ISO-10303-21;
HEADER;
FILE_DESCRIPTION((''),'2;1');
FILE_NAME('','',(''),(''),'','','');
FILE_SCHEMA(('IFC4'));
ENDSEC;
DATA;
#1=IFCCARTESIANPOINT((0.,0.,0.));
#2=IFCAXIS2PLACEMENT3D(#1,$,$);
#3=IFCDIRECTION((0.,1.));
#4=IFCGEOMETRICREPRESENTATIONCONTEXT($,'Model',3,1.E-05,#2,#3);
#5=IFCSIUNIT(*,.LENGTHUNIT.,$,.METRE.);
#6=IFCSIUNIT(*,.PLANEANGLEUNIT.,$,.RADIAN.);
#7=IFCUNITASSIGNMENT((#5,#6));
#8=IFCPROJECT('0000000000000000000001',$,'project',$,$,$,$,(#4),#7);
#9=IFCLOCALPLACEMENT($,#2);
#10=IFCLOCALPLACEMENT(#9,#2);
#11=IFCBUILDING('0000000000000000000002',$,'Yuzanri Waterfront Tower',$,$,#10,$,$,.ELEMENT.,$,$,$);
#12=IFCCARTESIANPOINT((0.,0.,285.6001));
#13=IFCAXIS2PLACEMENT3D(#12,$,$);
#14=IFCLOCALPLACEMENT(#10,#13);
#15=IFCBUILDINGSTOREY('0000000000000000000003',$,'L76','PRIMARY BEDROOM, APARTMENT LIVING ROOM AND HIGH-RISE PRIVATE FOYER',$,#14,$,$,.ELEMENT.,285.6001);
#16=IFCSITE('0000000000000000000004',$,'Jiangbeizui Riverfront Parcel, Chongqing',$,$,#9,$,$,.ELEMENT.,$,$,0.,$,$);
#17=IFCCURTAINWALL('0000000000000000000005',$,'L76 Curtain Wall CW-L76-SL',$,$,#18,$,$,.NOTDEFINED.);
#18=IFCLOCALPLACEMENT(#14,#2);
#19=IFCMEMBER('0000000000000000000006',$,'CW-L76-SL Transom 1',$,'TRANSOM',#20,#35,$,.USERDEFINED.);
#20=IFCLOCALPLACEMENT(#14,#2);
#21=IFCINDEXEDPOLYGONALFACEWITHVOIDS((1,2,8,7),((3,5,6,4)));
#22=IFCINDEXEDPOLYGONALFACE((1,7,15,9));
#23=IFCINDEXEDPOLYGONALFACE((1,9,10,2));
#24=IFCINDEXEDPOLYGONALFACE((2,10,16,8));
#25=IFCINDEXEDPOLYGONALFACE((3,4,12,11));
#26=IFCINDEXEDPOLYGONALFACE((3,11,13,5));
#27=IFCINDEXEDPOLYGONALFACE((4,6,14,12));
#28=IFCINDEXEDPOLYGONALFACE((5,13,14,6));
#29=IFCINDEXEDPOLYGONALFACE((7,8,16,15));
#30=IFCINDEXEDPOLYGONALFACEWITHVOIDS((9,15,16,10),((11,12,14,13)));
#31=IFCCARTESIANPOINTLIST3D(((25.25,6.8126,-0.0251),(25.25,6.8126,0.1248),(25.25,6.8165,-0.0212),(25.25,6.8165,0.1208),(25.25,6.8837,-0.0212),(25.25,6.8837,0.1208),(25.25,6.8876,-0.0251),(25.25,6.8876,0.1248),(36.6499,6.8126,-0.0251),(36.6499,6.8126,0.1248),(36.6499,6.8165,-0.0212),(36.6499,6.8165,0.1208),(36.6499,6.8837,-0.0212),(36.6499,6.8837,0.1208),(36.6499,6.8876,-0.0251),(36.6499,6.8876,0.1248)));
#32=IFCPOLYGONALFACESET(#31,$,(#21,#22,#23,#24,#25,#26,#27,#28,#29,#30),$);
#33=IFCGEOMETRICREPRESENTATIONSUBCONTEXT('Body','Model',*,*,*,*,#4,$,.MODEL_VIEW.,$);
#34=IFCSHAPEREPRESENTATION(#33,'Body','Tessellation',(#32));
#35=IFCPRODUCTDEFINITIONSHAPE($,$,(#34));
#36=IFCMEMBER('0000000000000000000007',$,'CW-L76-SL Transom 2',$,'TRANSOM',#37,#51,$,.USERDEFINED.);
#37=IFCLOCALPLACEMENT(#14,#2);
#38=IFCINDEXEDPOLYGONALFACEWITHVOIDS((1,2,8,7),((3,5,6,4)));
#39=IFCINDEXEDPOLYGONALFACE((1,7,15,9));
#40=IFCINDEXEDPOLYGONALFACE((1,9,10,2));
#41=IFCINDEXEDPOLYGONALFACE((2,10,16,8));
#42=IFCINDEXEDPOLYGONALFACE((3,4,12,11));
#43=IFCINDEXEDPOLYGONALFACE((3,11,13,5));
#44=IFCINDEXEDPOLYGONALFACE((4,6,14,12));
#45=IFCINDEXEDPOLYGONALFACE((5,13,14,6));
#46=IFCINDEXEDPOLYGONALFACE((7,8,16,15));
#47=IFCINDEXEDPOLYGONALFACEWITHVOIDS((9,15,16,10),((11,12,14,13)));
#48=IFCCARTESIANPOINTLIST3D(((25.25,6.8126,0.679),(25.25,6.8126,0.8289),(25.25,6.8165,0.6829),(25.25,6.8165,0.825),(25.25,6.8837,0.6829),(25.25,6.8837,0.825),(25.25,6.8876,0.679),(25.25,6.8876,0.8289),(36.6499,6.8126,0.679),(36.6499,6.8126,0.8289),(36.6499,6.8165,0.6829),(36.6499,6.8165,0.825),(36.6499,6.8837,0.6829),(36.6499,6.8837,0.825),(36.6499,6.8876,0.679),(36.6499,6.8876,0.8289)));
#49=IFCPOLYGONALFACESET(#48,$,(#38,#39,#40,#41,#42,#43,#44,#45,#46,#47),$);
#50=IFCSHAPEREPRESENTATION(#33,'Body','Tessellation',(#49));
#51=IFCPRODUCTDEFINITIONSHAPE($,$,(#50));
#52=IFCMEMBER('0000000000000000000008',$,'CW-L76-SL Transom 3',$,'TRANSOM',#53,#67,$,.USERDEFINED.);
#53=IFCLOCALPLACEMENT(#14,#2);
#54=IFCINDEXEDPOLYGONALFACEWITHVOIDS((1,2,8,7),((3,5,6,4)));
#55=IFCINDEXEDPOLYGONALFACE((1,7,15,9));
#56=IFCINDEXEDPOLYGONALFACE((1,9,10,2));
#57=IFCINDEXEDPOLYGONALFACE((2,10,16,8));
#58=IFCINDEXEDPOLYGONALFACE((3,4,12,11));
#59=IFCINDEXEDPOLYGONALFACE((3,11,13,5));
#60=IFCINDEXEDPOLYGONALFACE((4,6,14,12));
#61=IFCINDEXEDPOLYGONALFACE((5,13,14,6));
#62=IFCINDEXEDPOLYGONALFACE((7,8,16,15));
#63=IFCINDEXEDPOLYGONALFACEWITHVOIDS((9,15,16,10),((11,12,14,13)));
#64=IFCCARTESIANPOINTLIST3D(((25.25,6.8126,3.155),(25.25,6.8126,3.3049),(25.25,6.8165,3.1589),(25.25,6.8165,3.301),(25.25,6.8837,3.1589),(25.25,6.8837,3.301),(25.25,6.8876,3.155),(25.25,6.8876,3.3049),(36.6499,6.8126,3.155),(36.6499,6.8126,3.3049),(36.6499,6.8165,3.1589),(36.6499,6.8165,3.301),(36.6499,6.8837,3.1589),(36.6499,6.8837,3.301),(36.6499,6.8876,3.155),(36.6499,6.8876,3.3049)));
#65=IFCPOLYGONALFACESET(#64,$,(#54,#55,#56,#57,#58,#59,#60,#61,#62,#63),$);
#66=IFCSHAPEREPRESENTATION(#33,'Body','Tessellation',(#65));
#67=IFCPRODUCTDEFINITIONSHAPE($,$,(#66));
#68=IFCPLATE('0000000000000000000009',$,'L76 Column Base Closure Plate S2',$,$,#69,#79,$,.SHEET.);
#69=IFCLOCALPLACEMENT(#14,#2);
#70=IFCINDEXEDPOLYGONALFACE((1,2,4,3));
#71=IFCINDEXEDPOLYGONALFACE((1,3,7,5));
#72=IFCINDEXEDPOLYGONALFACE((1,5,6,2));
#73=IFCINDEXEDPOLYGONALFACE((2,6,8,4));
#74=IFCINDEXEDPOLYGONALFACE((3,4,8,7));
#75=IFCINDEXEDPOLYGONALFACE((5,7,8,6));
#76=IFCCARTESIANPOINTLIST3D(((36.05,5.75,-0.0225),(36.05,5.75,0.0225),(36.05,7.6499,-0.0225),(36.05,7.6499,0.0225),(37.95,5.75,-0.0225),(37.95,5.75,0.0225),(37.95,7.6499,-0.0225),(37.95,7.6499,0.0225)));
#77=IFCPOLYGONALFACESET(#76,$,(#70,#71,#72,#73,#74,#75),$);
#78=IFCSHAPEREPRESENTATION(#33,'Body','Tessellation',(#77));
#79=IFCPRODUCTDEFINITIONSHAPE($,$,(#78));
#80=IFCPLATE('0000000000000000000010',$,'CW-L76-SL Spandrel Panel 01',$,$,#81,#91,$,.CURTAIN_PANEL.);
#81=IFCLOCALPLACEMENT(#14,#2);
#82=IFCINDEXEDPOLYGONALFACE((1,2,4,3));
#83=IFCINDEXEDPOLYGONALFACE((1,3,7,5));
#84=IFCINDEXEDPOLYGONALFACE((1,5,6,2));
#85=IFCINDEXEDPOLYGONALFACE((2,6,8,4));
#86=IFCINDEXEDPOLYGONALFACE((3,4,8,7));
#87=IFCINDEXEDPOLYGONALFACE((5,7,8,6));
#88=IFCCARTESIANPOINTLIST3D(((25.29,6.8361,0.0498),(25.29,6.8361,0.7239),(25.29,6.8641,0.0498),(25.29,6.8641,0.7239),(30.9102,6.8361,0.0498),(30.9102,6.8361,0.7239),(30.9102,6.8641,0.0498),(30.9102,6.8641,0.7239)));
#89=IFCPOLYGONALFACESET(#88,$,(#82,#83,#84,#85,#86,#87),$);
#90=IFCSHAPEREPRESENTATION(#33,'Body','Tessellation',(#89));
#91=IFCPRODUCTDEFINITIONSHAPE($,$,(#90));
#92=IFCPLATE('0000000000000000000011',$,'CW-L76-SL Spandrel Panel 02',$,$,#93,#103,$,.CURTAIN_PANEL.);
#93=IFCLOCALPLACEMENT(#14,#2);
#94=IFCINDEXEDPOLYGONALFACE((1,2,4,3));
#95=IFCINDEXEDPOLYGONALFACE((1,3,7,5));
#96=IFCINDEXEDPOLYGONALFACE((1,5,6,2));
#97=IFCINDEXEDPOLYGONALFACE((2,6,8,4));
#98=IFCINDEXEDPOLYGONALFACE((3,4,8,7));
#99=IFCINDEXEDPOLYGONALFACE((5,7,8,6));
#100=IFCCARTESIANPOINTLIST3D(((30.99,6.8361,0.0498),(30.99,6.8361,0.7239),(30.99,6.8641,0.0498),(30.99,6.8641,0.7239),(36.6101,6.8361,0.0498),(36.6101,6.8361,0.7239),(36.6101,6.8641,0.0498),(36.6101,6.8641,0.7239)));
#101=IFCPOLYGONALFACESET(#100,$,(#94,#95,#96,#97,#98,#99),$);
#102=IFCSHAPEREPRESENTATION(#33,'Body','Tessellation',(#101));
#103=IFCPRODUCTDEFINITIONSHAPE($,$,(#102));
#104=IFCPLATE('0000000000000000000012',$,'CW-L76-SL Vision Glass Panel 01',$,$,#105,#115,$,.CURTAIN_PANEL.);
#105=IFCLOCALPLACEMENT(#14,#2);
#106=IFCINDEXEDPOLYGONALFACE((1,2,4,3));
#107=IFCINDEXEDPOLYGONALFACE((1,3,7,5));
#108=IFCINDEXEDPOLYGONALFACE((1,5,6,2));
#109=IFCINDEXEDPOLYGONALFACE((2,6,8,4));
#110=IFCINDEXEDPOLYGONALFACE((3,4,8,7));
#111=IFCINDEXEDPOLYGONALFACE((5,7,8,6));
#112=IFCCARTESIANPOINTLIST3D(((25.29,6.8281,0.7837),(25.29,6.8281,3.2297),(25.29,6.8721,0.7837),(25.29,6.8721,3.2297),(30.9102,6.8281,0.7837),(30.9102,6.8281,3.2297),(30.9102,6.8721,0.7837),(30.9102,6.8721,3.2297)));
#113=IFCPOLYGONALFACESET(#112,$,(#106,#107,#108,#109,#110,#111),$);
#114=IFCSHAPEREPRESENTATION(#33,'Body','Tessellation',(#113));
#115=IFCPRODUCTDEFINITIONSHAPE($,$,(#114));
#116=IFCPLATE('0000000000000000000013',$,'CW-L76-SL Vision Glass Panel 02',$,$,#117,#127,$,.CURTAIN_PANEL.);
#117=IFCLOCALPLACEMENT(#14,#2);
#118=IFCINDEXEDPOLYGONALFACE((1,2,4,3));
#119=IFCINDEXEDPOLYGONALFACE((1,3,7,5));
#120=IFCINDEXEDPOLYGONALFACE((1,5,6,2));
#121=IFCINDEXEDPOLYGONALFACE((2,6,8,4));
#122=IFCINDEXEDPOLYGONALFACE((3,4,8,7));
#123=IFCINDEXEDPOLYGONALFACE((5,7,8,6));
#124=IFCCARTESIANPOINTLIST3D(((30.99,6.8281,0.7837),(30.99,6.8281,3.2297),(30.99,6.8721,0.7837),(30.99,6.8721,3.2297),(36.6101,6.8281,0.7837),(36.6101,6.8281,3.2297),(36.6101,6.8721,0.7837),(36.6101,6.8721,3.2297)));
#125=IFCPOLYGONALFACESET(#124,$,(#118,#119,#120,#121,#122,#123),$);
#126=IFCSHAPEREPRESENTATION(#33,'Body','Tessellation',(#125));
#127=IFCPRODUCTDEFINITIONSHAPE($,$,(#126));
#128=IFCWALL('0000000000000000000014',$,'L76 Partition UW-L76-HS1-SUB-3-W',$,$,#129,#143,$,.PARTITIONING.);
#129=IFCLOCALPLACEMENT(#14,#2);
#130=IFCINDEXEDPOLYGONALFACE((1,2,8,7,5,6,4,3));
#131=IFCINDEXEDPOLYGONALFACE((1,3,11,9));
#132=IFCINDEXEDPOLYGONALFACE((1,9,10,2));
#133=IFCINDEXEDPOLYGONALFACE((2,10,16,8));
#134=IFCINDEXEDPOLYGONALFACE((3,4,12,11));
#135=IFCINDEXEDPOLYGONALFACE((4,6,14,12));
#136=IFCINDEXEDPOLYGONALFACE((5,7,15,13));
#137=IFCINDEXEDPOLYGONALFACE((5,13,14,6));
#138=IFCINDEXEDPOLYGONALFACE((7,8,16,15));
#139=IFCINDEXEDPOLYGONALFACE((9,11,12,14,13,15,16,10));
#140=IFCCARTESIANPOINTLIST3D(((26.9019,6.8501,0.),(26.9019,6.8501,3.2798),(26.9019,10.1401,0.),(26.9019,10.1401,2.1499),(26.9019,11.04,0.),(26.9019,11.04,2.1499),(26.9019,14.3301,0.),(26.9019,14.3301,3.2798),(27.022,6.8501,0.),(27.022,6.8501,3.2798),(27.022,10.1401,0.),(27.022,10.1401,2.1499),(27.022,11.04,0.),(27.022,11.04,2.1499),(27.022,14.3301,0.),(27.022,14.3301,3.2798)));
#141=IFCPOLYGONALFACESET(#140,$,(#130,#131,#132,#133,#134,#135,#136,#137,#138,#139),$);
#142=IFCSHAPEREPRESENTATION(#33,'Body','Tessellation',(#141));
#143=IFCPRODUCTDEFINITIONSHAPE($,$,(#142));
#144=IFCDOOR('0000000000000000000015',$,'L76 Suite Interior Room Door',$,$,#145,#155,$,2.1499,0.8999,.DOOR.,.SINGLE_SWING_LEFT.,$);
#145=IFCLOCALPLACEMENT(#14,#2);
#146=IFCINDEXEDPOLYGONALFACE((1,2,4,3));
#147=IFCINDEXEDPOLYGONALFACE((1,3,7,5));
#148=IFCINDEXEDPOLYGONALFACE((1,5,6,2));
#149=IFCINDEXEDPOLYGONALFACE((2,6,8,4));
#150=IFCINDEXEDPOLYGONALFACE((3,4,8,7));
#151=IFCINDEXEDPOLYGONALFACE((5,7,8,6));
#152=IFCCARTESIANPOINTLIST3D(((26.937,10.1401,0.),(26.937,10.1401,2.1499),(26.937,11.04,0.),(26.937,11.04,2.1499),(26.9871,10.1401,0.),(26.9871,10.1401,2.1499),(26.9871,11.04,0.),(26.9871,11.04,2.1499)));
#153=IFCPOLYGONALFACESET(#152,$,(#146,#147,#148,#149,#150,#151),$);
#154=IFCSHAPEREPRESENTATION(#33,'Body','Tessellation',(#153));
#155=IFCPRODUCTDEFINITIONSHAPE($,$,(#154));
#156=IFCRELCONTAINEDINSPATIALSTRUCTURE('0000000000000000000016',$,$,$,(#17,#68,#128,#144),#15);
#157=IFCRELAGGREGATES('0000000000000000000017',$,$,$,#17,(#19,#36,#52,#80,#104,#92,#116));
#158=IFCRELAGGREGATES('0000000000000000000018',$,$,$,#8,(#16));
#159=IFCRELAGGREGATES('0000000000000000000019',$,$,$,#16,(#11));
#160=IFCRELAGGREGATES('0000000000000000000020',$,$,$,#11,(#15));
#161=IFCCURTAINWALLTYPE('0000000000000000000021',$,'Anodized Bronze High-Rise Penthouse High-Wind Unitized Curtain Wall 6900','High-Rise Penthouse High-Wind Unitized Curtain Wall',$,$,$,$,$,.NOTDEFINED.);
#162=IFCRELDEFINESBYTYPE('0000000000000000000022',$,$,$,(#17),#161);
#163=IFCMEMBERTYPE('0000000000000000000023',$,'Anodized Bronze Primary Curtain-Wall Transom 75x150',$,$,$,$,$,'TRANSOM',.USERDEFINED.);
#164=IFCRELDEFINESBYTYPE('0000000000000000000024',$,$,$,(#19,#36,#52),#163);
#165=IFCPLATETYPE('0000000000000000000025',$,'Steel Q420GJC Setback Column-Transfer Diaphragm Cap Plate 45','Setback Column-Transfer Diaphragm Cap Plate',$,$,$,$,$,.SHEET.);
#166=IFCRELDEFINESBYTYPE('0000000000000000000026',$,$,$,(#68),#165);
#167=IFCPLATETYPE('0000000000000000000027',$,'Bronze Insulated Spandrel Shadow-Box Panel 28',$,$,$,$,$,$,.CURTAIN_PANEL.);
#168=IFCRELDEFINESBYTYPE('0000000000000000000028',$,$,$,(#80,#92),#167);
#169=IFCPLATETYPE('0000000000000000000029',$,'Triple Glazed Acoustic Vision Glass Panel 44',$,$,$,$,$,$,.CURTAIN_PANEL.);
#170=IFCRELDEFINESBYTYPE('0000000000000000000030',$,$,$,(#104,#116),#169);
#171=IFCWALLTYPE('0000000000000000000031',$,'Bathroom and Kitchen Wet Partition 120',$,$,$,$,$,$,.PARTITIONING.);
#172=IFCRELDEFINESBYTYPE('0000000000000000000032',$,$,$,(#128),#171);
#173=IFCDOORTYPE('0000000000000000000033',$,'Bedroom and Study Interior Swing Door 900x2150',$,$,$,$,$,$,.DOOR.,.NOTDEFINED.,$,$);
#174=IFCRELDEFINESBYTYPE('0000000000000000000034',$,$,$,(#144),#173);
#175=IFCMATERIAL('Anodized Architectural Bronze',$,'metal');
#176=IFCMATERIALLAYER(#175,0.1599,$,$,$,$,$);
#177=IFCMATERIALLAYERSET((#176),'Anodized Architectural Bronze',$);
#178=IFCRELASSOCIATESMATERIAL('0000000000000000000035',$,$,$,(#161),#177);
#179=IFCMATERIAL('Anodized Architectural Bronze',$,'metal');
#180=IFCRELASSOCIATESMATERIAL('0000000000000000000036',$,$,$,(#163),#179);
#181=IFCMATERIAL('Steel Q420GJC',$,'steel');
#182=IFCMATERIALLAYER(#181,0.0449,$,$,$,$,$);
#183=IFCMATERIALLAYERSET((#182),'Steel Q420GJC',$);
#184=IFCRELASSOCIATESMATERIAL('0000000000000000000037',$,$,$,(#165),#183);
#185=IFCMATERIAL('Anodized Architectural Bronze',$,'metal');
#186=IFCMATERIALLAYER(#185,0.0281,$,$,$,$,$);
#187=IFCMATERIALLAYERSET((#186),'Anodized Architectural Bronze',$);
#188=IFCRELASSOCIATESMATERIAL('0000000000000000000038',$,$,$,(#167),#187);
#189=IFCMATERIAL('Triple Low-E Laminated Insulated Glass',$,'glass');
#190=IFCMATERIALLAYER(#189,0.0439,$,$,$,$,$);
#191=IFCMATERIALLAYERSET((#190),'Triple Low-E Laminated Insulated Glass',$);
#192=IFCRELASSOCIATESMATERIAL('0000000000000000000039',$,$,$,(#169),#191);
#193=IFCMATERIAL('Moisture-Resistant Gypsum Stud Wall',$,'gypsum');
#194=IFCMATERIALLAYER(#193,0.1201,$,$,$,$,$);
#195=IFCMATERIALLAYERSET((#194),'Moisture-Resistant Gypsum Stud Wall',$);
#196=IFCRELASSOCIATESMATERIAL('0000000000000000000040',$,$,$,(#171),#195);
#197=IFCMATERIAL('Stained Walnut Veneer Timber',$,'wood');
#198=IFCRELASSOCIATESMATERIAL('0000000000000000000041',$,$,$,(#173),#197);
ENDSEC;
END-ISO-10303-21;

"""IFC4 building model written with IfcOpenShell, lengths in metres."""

from ifc_helpers import new_model, si_unit, direction, frame, frame_2d, origin, origin_2d, place, context, subcontext, project, spatial, rectangle, hollow_rectangle, extrude, source, transform, mapped, material, layer, layer_set, material_profile, profile_set, type_object, element, fill, aggregate, save


model = new_model("IFC4")

# Units and contexts
model_context = context("Model", 3, precision=1e-05, world=origin(), true_north=direction((0.0, 1.0)))
body_context = subcontext(model_context, "Body", "Model", "MODEL_VIEW")
ifc_project = project(units=[si_unit("LENGTHUNIT", "METRE"), si_unit("PLANEANGLEUNIT", "RADIAN")], contexts=[model_context])

# Site, building, storey
site_placement = place(None, origin())
site = spatial("IfcSite", under=ifc_project, at=site_placement, Name="Jiangbeizui Riverfront Parcel, Chongqing", CompositionType="ELEMENT", RefElevation=0.0)
building_placement = place(site_placement, origin())
building = spatial("IfcBuilding", under=site, at=building_placement, Name="Yuzanri Waterfront Tower", CompositionType="ELEMENT")
storey_placement = place(building_placement, frame((0.0, 0.0, 285.6001)))
storey = spatial("IfcBuildingStorey", under=building, at=storey_placement, Name="L76", Description="PRIMARY BEDROOM, APARTMENT LIVING ROOM AND HIGH-RISE PRIVATE FOYER", CompositionType="ELEMENT", Elevation=285.6001)

# Curtain wall, members
ifc_material_1 = material(Name="Anodized Architectural Bronze", Category="metal")
ifc_layer_1 = layer(ifc_material_1, 0.1599)
ifc_layer_set_1 = layer_set([ifc_layer_1], Name="Anodized Architectural Bronze")
curtain_wall_type = type_object("IfcCurtainWallType", Name="Anodized Bronze High-Rise Penthouse High-Wind Unitized Curtain Wall 6900", Description="High-Rise Penthouse High-Wind Unitized Curtain Wall", PredefinedType="NOTDEFINED", material=ifc_layer_set_1)
curtain_wall_placement = place(storey_placement, origin())
curtain_wall = element("IfcCurtainWall", 1, at=curtain_wall_placement, inside=storey, type_object=curtain_wall_type, Name="L76 Curtain Wall CW-L76-SL", PredefinedType="NOTDEFINED")
ifc_material_2 = material(Name="Anodized Architectural Bronze", Category="metal")
ifc_material_profile_1 = material_profile(ifc_material_2, hollow_rectangle(XDim=0.075, YDim=0.1499, WallThickness=0.0039, at=origin_2d()), Name="CWT 75x150")
ifc_profile_set_1 = profile_set([ifc_material_profile_1], Name="Anodized Architectural Bronze")
member_type_1 = type_object("IfcMemberType", Name="Anodized Bronze Primary Curtain-Wall Transom 75x150", ElementType="TRANSOM", PredefinedType="USERDEFINED", material=ifc_profile_set_1)
shared_shape_1 = source(origin(), body_context, "Body", "SweptSolid", [
    extrude(hollow_rectangle(XDim=0.075, YDim=0.1499, WallThickness=0.0039, at=origin_2d()), origin(), (0.0, 0.0, 1.0), 11.3999),
])
member_1_placement = place(storey_placement, frame((25.25, 6.8501, 0.0498), z_axis=(1.0, 0.0, 0.0), x_axis=(0.0, 1.0, 0.0)))
member_1 = element("IfcMember", 2, at=member_1_placement, type_object=member_type_1, Name="CW-L76-SL Transom 1", ObjectType="TRANSOM", PredefinedType="USERDEFINED", context=body_context, shape_type="MappedRepresentation", body=[
    mapped(shared_shape_1, transform((0.0, 0.0, 0.0), scale=1.0)),
])
member_2_placement = place(storey_placement, frame((25.25, 6.8501, 0.7539), z_axis=(1.0, 0.0, 0.0), x_axis=(0.0, 1.0, 0.0)))
member_2 = element("IfcMember", 3, at=member_2_placement, type_object=member_type_1, Name="CW-L76-SL Transom 2", ObjectType="TRANSOM", PredefinedType="USERDEFINED", context=body_context, shape_type="MappedRepresentation", body=[
    mapped(shared_shape_1, transform((0.0, 0.0, 0.0), scale=1.0)),
])
member_3_placement = place(storey_placement, frame((25.25, 6.8501, 3.23), z_axis=(1.0, 0.0, 0.0), x_axis=(0.0, 1.0, 0.0)))
member_3 = element("IfcMember", 4, at=member_3_placement, type_object=member_type_1, Name="CW-L76-SL Transom 3", ObjectType="TRANSOM", PredefinedType="USERDEFINED", context=body_context, shape_type="MappedRepresentation", body=[
    mapped(shared_shape_1, transform((0.0, 0.0, 0.0), scale=1.0)),
])

# Plates
ifc_material_3 = material(Name="Steel Q420GJC", Category="steel")
ifc_layer_2 = layer(ifc_material_3, 0.0449)
ifc_layer_set_2 = layer_set([ifc_layer_2], Name="Steel Q420GJC")
plate_type_1 = type_object("IfcPlateType", Name="Steel Q420GJC Setback Column-Transfer Diaphragm Cap Plate 45", Description="Setback Column-Transfer Diaphragm Cap Plate", PredefinedType="SHEET", material=ifc_layer_set_2)
shared_shape_2 = source(origin(), body_context, "Body", "SweptSolid", [
    extrude(rectangle(XDim=1.8999, YDim=1.8999, at=origin_2d()), origin(), (0.0, 0.0, 1.0), 0.0449),
])
plate_1_placement = place(storey_placement, frame((37.0, 6.7, -0.0225), z_axis=(0.0, 0.0, 1.0), x_axis=(1.0, 0.0, 0.0)))
element("IfcPlate", 5, at=plate_1_placement, inside=storey, type_object=plate_type_1, Name="L76 Column Base Closure Plate S2", PredefinedType="SHEET", context=body_context, shape_type="MappedRepresentation", body=[
    mapped(shared_shape_2, transform((0.0, 0.0, 0.0), scale=1.0)),
])
ifc_material_4 = material(Name="Anodized Architectural Bronze", Category="metal")
ifc_layer_3 = layer(ifc_material_4, 0.0281)
ifc_layer_set_3 = layer_set([ifc_layer_3], Name="Anodized Architectural Bronze")
plate_type_2 = type_object("IfcPlateType", Name="Bronze Insulated Spandrel Shadow-Box Panel 28", PredefinedType="CURTAIN_PANEL", material=ifc_layer_set_3)
shared_shape_3 = source(origin(), body_context, "Body", "SweptSolid", [
    extrude(rectangle(XDim=5.6201, YDim=0.0281, at=origin_2d()), origin(), (0.0, 0.0, 1.0), 0.6741),
])
plate_2_placement = place(storey_placement, frame((28.1001, 6.8501, 0.0498), z_axis=(0.0, 0.0, 1.0), x_axis=(1.0, 0.0, 0.0)))
plate_2 = element("IfcPlate", 6, at=plate_2_placement, type_object=plate_type_2, Name="CW-L76-SL Spandrel Panel 01", PredefinedType="CURTAIN_PANEL", context=body_context, shape_type="MappedRepresentation", body=[
    mapped(shared_shape_3, transform((0.0, 0.0, 0.0), scale=1.0)),
])
plate_3_placement = place(storey_placement, frame((33.8, 6.8501, 0.0498), z_axis=(0.0, 0.0, 1.0), x_axis=(1.0, 0.0, 0.0)))
plate_3 = element("IfcPlate", 7, at=plate_3_placement, type_object=plate_type_2, Name="CW-L76-SL Spandrel Panel 02", PredefinedType="CURTAIN_PANEL", context=body_context, shape_type="MappedRepresentation", body=[
    mapped(shared_shape_3, transform((0.0, 0.0, 0.0), scale=1.0)),
])
ifc_material_5 = material(Name="Triple Low-E Laminated Insulated Glass", Category="glass")
ifc_layer_4 = layer(ifc_material_5, 0.0439)
ifc_layer_set_4 = layer_set([ifc_layer_4], Name="Triple Low-E Laminated Insulated Glass")
plate_type_3 = type_object("IfcPlateType", Name="Triple Glazed Acoustic Vision Glass Panel 44", PredefinedType="CURTAIN_PANEL", material=ifc_layer_set_4)
shared_shape_4 = source(origin(), body_context, "Body", "SweptSolid", [
    extrude(rectangle(XDim=5.6201, YDim=0.0439, at=origin_2d()), origin(), (0.0, 0.0, 1.0), 2.446),
])
plate_4_placement = place(storey_placement, frame((28.1001, 6.8501, 0.7837), z_axis=(0.0, 0.0, 1.0), x_axis=(1.0, 0.0, 0.0)))
plate_4 = element("IfcPlate", 8, at=plate_4_placement, type_object=plate_type_3, Name="CW-L76-SL Vision Glass Panel 01", PredefinedType="CURTAIN_PANEL", context=body_context, shape_type="MappedRepresentation", body=[
    mapped(shared_shape_4, transform((0.0, 0.0, 0.0), scale=1.0)),
])
plate_5_placement = place(storey_placement, frame((33.8, 6.8501, 0.7837), z_axis=(0.0, 0.0, 1.0), x_axis=(1.0, 0.0, 0.0)))
plate_5 = element("IfcPlate", 9, at=plate_5_placement, type_object=plate_type_3, Name="CW-L76-SL Vision Glass Panel 02", PredefinedType="CURTAIN_PANEL", context=body_context, shape_type="MappedRepresentation", body=[
    mapped(shared_shape_4, transform((0.0, 0.0, 0.0), scale=1.0)),
])
aggregate(curtain_wall, [member_1, member_2, member_3, plate_2, plate_4, plate_3, plate_5])

# Wall, opening, door
ifc_material_6 = material(Name="Moisture-Resistant Gypsum Stud Wall", Category="gypsum")
ifc_layer_5 = layer(ifc_material_6, 0.1201)
ifc_layer_set_5 = layer_set([ifc_layer_5], Name="Moisture-Resistant Gypsum Stud Wall")
wall_type_1 = type_object("IfcWallType", Name="Bathroom and Kitchen Wet Partition 120", PredefinedType="PARTITIONING", material=ifc_layer_set_5)
wall_1_placement = place(storey_placement, frame((26.9619, 6.8501, 0.0), z_axis=(0.0, 0.0, 1.0), x_axis=(0.0, 1.0, 0.0)))
wall_1 = element("IfcWall", 10, at=wall_1_placement, inside=storey, type_object=wall_type_1, Name="L76 Partition UW-L76-HS1-SUB-3-W", PredefinedType="PARTITIONING", context=body_context, shape_type="SweptSolid", body=[
    extrude(rectangle(XDim=7.48, YDim=0.1201, at=frame_2d((3.74, 0.0))), origin(), (0.0, 0.0, 1.0), 3.2798),
])
opening_1_placement = place(wall_1_placement, frame((3.29, 0.0, 0.0)))
opening_1 = element("IfcOpeningElement", 11, at=opening_1_placement, cuts=wall_1, PredefinedType="OPENING", context=body_context, shape_type="SweptSolid", body=[
    extrude(rectangle(XDim=0.8999, YDim=2.1499, at=frame_2d((0.45, 1.075))), frame((0.0, 0.075, 0.0), z_axis=(0.0, -1.0, 0.0), x_axis=(1.0, 0.0, 0.0)), (0.0, 0.0, 1.0), 0.1499),
])
ifc_material_7 = material(Name="Stained Walnut Veneer Timber", Category="wood")
door_type_1 = type_object("IfcDoorType", Name="Bedroom and Study Interior Swing Door 900x2150", OperationType="NOTDEFINED", PredefinedType="DOOR", material=ifc_material_7)
shared_shape_5 = source(origin(), body_context, "Body", "SweptSolid", [
    extrude(rectangle(XDim=0.8999, YDim=2.1499, at=frame_2d((0.45, 1.075))), frame((0.0, 0.0249, 0.0), z_axis=(0.0, -1.0, 0.0), x_axis=(1.0, 0.0, 0.0)), (0.0, 0.0, 1.0), 0.05),
])
door_1_placement = place(opening_1_placement, origin())
door_1 = element("IfcDoor", 12, at=door_1_placement, inside=storey, type_object=door_type_1, Name="L76 Suite Interior Room Door", OperationType="SINGLE_SWING_LEFT", OverallHeight=2.1499, OverallWidth=0.8999, PredefinedType="DOOR", context=body_context, shape_type="MappedRepresentation", body=[
    mapped(shared_shape_5, transform((0.0, 0.0, 0.0), scale=1.0)),
])
fill(opening_1, door_1)

save(model, "model.ifc")
